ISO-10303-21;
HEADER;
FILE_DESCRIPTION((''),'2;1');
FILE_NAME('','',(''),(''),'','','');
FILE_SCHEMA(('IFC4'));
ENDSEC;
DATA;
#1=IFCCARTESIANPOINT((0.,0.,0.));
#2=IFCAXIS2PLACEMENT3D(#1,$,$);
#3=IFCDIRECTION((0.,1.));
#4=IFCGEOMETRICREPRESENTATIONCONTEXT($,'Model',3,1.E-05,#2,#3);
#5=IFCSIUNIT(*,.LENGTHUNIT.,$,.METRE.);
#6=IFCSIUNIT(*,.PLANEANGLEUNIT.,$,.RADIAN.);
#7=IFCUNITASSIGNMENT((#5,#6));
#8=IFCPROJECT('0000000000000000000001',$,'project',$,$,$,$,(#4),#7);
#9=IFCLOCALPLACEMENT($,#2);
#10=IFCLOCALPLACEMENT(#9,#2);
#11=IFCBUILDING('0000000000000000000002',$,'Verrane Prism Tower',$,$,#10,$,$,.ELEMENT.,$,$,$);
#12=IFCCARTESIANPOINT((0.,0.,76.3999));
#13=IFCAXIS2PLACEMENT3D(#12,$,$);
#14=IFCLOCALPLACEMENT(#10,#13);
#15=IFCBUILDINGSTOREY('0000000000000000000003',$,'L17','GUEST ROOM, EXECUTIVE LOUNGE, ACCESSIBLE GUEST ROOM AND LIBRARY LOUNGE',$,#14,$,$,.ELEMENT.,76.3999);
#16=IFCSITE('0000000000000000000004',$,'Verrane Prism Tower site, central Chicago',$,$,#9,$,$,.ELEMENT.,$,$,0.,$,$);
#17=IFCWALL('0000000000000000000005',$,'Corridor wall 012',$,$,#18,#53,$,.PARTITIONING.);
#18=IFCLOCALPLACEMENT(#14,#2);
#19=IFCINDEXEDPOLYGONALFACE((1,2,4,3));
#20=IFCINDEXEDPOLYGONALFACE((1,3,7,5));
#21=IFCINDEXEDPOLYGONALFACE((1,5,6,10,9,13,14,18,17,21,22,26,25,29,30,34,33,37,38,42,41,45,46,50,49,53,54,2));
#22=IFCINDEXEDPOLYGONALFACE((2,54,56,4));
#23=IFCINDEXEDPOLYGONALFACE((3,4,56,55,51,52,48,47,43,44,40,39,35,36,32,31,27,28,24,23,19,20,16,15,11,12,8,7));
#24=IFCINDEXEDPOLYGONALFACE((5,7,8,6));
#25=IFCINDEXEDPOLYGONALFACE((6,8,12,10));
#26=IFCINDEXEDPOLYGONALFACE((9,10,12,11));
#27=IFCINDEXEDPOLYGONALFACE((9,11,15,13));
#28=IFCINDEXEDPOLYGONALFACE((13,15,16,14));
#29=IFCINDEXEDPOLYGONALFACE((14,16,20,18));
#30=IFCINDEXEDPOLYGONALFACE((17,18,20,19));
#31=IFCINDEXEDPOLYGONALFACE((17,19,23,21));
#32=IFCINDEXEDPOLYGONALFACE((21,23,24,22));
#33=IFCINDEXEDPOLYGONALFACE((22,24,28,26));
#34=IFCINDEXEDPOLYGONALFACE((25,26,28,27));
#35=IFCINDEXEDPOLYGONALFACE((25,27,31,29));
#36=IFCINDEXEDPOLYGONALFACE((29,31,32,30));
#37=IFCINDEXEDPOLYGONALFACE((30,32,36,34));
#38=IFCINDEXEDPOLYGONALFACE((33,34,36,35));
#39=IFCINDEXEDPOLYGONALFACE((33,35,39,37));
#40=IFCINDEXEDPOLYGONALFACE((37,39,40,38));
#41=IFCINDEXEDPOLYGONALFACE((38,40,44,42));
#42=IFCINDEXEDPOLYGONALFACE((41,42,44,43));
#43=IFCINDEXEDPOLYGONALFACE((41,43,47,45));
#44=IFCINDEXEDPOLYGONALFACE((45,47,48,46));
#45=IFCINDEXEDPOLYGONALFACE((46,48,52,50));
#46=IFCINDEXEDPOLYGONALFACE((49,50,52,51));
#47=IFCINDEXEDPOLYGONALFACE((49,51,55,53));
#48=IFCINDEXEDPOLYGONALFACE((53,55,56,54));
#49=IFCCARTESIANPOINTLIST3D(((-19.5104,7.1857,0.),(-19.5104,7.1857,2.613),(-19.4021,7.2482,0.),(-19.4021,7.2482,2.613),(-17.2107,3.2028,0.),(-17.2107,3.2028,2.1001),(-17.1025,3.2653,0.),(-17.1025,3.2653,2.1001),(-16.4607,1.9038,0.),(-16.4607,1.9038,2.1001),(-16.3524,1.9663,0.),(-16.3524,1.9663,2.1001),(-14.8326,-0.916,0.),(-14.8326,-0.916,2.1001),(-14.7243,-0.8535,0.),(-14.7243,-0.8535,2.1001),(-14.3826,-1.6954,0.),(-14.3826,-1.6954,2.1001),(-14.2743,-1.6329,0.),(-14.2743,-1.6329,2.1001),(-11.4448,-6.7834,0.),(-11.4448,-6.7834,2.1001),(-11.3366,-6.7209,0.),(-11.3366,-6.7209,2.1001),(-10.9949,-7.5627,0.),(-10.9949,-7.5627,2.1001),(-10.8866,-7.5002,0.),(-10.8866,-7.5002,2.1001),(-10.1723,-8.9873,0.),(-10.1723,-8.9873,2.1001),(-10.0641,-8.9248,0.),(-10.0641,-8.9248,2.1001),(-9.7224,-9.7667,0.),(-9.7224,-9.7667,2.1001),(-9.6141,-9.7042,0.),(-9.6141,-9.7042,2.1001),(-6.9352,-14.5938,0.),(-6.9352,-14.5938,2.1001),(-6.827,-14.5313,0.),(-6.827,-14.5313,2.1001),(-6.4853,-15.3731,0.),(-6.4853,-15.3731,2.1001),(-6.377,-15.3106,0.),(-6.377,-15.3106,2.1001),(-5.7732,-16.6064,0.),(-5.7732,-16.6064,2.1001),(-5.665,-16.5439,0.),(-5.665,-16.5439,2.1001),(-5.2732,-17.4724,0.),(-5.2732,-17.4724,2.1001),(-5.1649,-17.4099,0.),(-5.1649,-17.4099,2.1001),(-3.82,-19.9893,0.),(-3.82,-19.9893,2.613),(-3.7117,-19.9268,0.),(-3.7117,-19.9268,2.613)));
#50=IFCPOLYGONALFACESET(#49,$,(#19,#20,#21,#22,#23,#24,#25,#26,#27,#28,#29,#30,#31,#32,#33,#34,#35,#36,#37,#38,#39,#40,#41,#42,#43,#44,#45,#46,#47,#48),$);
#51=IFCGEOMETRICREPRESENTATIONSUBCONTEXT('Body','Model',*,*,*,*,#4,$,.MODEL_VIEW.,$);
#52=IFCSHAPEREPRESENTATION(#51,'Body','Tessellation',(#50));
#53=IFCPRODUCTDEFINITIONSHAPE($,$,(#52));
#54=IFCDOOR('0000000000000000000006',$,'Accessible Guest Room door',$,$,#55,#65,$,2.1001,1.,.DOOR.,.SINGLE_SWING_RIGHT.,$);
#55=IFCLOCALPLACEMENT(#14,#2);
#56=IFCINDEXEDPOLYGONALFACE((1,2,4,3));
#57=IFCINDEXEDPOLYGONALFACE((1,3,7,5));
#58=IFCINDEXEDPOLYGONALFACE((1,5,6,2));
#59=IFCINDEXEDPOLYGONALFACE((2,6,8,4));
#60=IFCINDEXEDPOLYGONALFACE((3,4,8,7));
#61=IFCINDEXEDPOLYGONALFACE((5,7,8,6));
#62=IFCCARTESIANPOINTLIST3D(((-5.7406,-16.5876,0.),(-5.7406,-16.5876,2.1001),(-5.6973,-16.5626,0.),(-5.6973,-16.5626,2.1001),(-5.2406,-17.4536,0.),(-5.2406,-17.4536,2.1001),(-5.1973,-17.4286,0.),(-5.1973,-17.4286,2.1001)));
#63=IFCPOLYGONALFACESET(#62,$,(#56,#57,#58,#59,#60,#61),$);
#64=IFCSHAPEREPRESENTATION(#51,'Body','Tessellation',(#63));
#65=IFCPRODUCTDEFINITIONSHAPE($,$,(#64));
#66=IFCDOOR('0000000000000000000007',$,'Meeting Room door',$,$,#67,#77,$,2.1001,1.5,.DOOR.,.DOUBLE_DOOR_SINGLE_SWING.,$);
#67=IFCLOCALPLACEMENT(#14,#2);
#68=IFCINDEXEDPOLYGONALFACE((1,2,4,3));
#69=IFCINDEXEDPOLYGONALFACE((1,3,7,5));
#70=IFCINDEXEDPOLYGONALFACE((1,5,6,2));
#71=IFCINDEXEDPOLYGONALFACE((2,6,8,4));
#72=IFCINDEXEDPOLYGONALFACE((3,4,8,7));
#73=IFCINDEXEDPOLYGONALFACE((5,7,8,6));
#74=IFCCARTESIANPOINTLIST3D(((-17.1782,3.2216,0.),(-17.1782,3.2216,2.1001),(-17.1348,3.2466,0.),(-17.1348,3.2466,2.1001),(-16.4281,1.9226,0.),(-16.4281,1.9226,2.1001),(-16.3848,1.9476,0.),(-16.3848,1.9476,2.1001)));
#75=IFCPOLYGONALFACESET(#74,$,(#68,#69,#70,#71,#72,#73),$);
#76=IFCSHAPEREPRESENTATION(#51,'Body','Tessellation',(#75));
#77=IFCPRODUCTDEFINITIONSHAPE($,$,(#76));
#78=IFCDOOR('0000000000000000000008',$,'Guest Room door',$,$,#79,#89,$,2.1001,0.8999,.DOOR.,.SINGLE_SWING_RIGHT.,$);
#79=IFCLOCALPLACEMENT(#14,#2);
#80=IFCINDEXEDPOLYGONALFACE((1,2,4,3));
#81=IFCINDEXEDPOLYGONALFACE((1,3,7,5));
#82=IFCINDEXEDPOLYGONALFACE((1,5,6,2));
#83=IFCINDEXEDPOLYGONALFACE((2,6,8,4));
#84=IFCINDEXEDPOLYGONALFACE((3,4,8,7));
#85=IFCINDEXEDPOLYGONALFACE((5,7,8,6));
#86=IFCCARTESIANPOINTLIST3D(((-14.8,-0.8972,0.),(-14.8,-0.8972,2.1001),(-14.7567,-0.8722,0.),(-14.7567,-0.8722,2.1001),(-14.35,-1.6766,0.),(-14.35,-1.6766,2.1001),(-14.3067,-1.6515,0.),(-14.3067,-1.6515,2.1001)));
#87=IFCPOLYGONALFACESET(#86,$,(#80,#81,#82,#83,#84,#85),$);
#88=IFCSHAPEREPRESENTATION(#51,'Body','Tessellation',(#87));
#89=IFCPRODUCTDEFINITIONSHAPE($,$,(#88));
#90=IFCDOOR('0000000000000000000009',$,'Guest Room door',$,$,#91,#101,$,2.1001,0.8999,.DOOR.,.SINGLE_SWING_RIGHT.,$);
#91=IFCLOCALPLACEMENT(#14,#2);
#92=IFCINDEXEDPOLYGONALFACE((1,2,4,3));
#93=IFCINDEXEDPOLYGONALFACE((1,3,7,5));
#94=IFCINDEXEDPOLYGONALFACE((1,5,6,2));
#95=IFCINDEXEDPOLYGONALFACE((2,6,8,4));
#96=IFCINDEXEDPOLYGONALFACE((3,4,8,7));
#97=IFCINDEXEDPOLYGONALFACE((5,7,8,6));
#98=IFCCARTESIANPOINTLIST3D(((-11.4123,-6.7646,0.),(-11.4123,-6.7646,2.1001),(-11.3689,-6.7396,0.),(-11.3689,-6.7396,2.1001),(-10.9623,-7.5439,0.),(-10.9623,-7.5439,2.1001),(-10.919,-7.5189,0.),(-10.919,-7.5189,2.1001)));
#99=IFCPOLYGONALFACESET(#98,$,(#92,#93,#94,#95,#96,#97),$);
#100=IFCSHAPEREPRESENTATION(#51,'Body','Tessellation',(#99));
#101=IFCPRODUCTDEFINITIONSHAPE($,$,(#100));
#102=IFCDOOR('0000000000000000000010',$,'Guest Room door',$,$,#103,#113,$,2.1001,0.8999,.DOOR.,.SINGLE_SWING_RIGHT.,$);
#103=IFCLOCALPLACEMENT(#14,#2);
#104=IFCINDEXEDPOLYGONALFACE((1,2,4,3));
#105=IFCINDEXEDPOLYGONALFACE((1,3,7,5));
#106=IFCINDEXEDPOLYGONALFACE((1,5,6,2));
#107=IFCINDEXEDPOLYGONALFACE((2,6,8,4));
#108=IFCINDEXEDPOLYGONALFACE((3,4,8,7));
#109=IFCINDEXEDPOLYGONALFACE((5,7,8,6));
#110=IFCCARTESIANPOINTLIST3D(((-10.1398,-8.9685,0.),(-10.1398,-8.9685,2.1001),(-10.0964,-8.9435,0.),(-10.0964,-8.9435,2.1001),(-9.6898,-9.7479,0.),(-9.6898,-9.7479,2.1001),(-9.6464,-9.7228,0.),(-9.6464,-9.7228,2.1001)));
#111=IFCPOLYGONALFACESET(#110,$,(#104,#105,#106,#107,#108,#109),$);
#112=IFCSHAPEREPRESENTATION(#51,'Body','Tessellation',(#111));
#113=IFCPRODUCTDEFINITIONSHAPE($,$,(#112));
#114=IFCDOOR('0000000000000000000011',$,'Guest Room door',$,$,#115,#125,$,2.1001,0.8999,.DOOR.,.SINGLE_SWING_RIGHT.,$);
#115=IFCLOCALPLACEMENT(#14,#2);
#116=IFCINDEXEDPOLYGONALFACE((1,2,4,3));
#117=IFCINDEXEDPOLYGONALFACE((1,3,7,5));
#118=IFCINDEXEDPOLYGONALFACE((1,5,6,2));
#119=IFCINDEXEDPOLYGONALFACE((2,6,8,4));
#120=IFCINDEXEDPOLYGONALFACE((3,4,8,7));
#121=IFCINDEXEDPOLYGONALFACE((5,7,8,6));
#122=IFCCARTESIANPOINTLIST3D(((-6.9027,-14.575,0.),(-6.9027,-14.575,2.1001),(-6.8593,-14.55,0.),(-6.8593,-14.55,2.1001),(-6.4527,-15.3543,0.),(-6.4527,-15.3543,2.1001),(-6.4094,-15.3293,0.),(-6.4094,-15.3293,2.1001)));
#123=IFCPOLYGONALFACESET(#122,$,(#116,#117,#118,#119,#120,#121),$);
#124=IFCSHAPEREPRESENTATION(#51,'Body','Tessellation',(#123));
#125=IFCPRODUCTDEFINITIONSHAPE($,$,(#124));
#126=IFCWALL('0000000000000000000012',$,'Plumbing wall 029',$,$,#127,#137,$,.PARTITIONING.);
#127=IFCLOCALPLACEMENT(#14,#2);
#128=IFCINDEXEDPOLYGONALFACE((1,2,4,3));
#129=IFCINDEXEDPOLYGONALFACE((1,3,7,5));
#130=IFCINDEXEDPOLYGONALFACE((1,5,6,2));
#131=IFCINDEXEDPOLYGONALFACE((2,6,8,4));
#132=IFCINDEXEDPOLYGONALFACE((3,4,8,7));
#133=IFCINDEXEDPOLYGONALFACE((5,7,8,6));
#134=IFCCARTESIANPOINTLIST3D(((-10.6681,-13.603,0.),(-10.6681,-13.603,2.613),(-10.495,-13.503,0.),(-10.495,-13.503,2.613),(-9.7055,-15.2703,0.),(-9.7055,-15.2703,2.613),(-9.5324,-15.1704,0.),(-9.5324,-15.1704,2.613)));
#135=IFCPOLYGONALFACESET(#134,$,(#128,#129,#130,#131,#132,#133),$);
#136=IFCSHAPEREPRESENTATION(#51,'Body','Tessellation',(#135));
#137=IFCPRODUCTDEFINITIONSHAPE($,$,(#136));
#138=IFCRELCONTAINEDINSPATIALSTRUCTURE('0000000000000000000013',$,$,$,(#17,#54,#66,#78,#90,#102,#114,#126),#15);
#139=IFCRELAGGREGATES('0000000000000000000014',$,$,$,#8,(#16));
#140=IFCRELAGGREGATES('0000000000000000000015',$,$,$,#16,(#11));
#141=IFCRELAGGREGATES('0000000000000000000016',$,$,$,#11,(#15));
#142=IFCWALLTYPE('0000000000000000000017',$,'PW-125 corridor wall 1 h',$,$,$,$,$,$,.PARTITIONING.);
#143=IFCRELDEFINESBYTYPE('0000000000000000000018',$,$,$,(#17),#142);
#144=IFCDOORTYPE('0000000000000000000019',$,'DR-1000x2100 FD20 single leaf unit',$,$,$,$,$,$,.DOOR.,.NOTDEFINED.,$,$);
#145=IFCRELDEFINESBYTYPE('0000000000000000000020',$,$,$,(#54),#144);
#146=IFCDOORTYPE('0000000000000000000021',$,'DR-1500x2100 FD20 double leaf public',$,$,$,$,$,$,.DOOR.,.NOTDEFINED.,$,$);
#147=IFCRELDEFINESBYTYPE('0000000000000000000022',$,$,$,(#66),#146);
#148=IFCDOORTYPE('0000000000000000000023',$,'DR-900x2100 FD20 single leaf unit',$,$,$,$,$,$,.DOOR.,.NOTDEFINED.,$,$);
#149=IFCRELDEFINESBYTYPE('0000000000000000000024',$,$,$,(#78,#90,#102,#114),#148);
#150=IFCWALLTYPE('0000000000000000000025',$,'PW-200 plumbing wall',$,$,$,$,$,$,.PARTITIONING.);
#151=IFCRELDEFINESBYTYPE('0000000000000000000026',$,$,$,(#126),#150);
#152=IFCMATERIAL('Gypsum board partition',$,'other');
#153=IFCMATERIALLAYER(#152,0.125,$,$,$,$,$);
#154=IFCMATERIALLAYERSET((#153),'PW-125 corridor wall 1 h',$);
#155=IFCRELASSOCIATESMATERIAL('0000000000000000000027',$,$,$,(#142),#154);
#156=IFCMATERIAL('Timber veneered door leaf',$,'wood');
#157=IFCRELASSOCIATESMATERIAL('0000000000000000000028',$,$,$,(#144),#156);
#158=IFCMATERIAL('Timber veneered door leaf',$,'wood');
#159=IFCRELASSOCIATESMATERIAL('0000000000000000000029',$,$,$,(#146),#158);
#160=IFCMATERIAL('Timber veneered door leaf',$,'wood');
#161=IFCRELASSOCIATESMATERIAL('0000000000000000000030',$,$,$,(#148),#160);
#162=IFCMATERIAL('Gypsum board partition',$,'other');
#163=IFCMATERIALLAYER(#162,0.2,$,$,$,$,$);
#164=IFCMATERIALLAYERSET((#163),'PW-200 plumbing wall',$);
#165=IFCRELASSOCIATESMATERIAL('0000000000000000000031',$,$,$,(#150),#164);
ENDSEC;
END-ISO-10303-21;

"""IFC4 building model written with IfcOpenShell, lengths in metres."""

from ifc_helpers import new_model, si_unit, direction, frame, frame_2d, origin, place, context, subcontext, project, spatial, rectangle, extrude, material, layer, layer_set, type_object, element, fill, save


model = new_model("IFC4")

# Units and contexts
model_context = context("Model", 3, precision=1e-05, world=origin(), true_north=direction((0.0, 1.0)))
body_context = subcontext(model_context, "Body", "Model", "MODEL_VIEW")
ifc_project = project(units=[si_unit("LENGTHUNIT", "METRE"), si_unit("PLANEANGLEUNIT", "RADIAN")], contexts=[model_context])

# Site, building, storey
site_placement = place(None, origin())
site = spatial("IfcSite", under=ifc_project, at=site_placement, Name="Verrane Prism Tower site, central Chicago", CompositionType="ELEMENT", RefElevation=0.0)
building_placement = place(site_placement, origin())
building = spatial("IfcBuilding", under=site, at=building_placement, Name="Verrane Prism Tower", CompositionType="ELEMENT")
storey_placement = place(building_placement, frame((0.0, 0.0, 76.3999)))
storey = spatial("IfcBuildingStorey", under=building, at=storey_placement, Name="L17", Description="GUEST ROOM, EXECUTIVE LOUNGE, ACCESSIBLE GUEST ROOM AND LIBRARY LOUNGE", CompositionType="ELEMENT", Elevation=76.3999)

# Wall, openings, doors
ifc_material_1 = material(Name="Gypsum board partition", Category="other")
ifc_layer_1 = layer(ifc_material_1, 0.125)
ifc_layer_set_1 = layer_set([ifc_layer_1], Name="PW-125 corridor wall 1 h")
wall_type_1 = type_object("IfcWallType", Name="PW-125 corridor wall 1 h", PredefinedType="PARTITIONING", material=ifc_layer_set_1)
wall_1_placement = place(storey_placement, frame((-3.7659, -19.958, 0.0), z_axis=(0.0, 0.0, 1.0), x_axis=(-0.500022, 0.866013, 0.0)))
wall_1 = element("IfcWall", 1, at=wall_1_placement, inside=storey, type_object=wall_type_1, Name="Corridor wall 012", PredefinedType="PARTITIONING", context=body_context, shape_type="SweptSolid", body=[
    extrude(rectangle(XDim=31.3794, YDim=0.125, at=frame_2d((15.6897, 0.0))), origin(), (0.0, 0.0, 1.0), 2.613),
])
opening_1_placement = place(wall_1_placement, frame((25.2803, 0.0, 0.0)))
opening_1 = element("IfcOpeningElement", 2, at=opening_1_placement, cuts=wall_1, PredefinedType="OPENING", context=body_context, shape_type="SweptSolid", body=[
    extrude(rectangle(XDim=1.5, YDim=2.1001, at=frame_2d((0.75, 1.05))), frame((0.0, 0.0725, 0.0), z_axis=(0.0, -1.0, 0.0), x_axis=(1.0, 0.0, 0.0)), (0.0, 0.0, 1.0), 0.145),
])
opening_2_placement = place(wall_1_placement, frame((21.1243, 0.0, 0.0)))
opening_2 = element("IfcOpeningElement", 3, at=opening_2_placement, cuts=wall_1, PredefinedType="OPENING", context=body_context, shape_type="SweptSolid", body=[
    extrude(rectangle(XDim=0.8999, YDim=2.1001, at=frame_2d((0.45, 1.05))), frame((0.0, 0.0725, 0.0), z_axis=(0.0, -1.0, 0.0), x_axis=(1.0, 0.0, 0.0)), (0.0, 0.0, 1.0), 0.145),
])
opening_3_placement = place(wall_1_placement, frame((14.3491, 0.0, 0.0)))
opening_3 = element("IfcOpeningElement", 4, at=opening_3_placement, cuts=wall_1, PredefinedType="OPENING", context=body_context, shape_type="SweptSolid", body=[
    extrude(rectangle(XDim=0.8999, YDim=2.1001, at=frame_2d((0.45, 1.05))), frame((0.0, 0.0725, 0.0), z_axis=(0.0, -1.0, 0.0), x_axis=(1.0, 0.0, 0.0)), (0.0, 0.0, 1.0), 0.145),
])
opening_4_placement = place(wall_1_placement, frame((11.8042, 0.0, 0.0)))
opening_4 = element("IfcOpeningElement", 5, at=opening_4_placement, cuts=wall_1, PredefinedType="OPENING", context=body_context, shape_type="SweptSolid", body=[
    extrude(rectangle(XDim=0.8999, YDim=2.1001, at=frame_2d((0.45, 1.05))), frame((0.0, 0.0725, 0.0), z_axis=(0.0, -1.0, 0.0), x_axis=(1.0, 0.0, 0.0)), (0.0, 0.0, 1.0), 0.145),
])
opening_5_placement = place(wall_1_placement, frame((5.3303, 0.0, 0.0)))
opening_5 = element("IfcOpeningElement", 6, at=opening_5_placement, cuts=wall_1, PredefinedType="OPENING", context=body_context, shape_type="SweptSolid", body=[
    extrude(rectangle(XDim=0.8999, YDim=2.1001, at=frame_2d((0.45, 1.05))), frame((0.0, 0.0725, 0.0), z_axis=(0.0, -1.0, 0.0), x_axis=(1.0, 0.0, 0.0)), (0.0, 0.0, 1.0), 0.145),
])
opening_6_placement = place(wall_1_placement, frame((2.9062, 0.0, 0.0)))
opening_6 = element("IfcOpeningElement", 7, at=opening_6_placement, cuts=wall_1, PredefinedType="OPENING", context=body_context, shape_type="SweptSolid", body=[
    extrude(rectangle(XDim=1.0, YDim=2.1001, at=frame_2d((0.5, 1.05))), frame((0.0, 0.0725, 0.0), z_axis=(0.0, -1.0, 0.0), x_axis=(1.0, 0.0, 0.0)), (0.0, 0.0, 1.0), 0.145),
])
ifc_material_2 = material(Name="Timber veneered door leaf", Category="wood")
door_type_1 = type_object("IfcDoorType", Name="DR-1000x2100 FD20 single leaf unit", OperationType="NOTDEFINED", PredefinedType="DOOR", material=ifc_material_2)
door_1_placement = place(opening_6_placement, origin())
door_1 = element("IfcDoor", 8, at=door_1_placement, inside=storey, type_object=door_type_1, Name="Accessible Guest Room door", OperationType="SINGLE_SWING_RIGHT", OverallHeight=2.1001, OverallWidth=1.0, PredefinedType="DOOR", context=body_context, shape_type="SweptSolid", body=[
    extrude(rectangle(XDim=1.0, YDim=2.1001, at=frame_2d((0.5, 1.05))), frame((0.0, 0.0249, 0.0), z_axis=(0.0, -1.0, 0.0), x_axis=(1.0, 0.0, 0.0)), (0.0, 0.0, 1.0), 0.05),
])
fill(opening_6, door_1)
ifc_material_3 = material(Name="Timber veneered door leaf", Category="wood")
door_type_2 = type_object("IfcDoorType", Name="DR-1500x2100 FD20 double leaf public", OperationType="NOTDEFINED", PredefinedType="DOOR", material=ifc_material_3)
door_2_placement = place(opening_1_placement, origin())
door_2 = element("IfcDoor", 9, at=door_2_placement, inside=storey, type_object=door_type_2, Name="Meeting Room door", OperationType="DOUBLE_DOOR_SINGLE_SWING", OverallHeight=2.1001, OverallWidth=1.5, PredefinedType="DOOR", context=body_context, shape_type="SweptSolid", body=[
    extrude(rectangle(XDim=1.5, YDim=2.1001, at=frame_2d((0.75, 1.05))), frame((0.0, 0.0249, 0.0), z_axis=(0.0, -1.0, 0.0), x_axis=(1.0, 0.0, 0.0)), (0.0, 0.0, 1.0), 0.05),
])
fill(opening_1, door_2)
ifc_material_4 = material(Name="Timber veneered door leaf", Category="wood")
door_type_3 = type_object("IfcDoorType", Name="DR-900x2100 FD20 single leaf unit", OperationType="NOTDEFINED", PredefinedType="DOOR", material=ifc_material_4)
door_3_placement = place(opening_2_placement, origin())
door_3 = element("IfcDoor", 10, at=door_3_placement, inside=storey, type_object=door_type_3, Name="Guest Room door", OperationType="SINGLE_SWING_RIGHT", OverallHeight=2.1001, OverallWidth=0.8999, PredefinedType="DOOR", context=body_context, shape_type="SweptSolid", body=[
    extrude(rectangle(XDim=0.8999, YDim=2.1001, at=frame_2d((0.45, 1.05))), frame((0.0, 0.0249, 0.0), z_axis=(0.0, -1.0, 0.0), x_axis=(1.0, 0.0, 0.0)), (0.0, 0.0, 1.0), 0.05),
])
fill(opening_2, door_3)
door_4_placement = place(opening_3_placement, origin())
door_4 = element("IfcDoor", 11, at=door_4_placement, inside=storey, type_object=door_type_3, Name="Guest Room door", OperationType="SINGLE_SWING_RIGHT", OverallHeight=2.1001, OverallWidth=0.8999, PredefinedType="DOOR", context=body_context, shape_type="SweptSolid", body=[
    extrude(rectangle(XDim=0.8999, YDim=2.1001, at=frame_2d((0.45, 1.05))), frame((0.0, 0.0249, 0.0), z_axis=(0.0, -1.0, 0.0), x_axis=(1.0, 0.0, 0.0)), (0.0, 0.0, 1.0), 0.05),
])
fill(opening_3, door_4)
door_5_placement = place(opening_4_placement, origin())
door_5 = element("IfcDoor", 12, at=door_5_placement, inside=storey, type_object=door_type_3, Name="Guest Room door", OperationType="SINGLE_SWING_RIGHT", OverallHeight=2.1001, OverallWidth=0.8999, PredefinedType="DOOR", context=body_context, shape_type="SweptSolid", body=[
    extrude(rectangle(XDim=0.8999, YDim=2.1001, at=frame_2d((0.45, 1.05))), frame((0.0, 0.0249, 0.0), z_axis=(0.0, -1.0, 0.0), x_axis=(1.0, 0.0, 0.0)), (0.0, 0.0, 1.0), 0.05),
])
fill(opening_4, door_5)
door_6_placement = place(opening_5_placement, origin())
door_6 = element("IfcDoor", 13, at=door_6_placement, inside=storey, type_object=door_type_3, Name="Guest Room door", OperationType="SINGLE_SWING_RIGHT", OverallHeight=2.1001, OverallWidth=0.8999, PredefinedType="DOOR", context=body_context, shape_type="SweptSolid", body=[
    extrude(rectangle(XDim=0.8999, YDim=2.1001, at=frame_2d((0.45, 1.05))), frame((0.0, 0.0249, 0.0), z_axis=(0.0, -1.0, 0.0), x_axis=(1.0, 0.0, 0.0)), (0.0, 0.0, 1.0), 0.05),
])
fill(opening_5, door_6)

# Wall
ifc_material_5 = material(Name="Gypsum board partition", Category="other")
ifc_layer_2 = layer(ifc_material_5, 0.2)
ifc_layer_set_2 = layer_set([ifc_layer_2], Name="PW-200 plumbing wall")
wall_type_2 = type_object("IfcWallType", Name="PW-200 plumbing wall", PredefinedType="PARTITIONING", material=ifc_layer_set_2)
wall_2_placement = place(storey_placement, frame((-10.5815, -13.553, 0.0), z_axis=(0.0, 0.0, 1.0), x_axis=(0.499971, -0.866042, 0.0)))
element("IfcWall", 14, at=wall_2_placement, inside=storey, type_object=wall_type_2, Name="Plumbing wall 029", PredefinedType="PARTITIONING", context=body_context, shape_type="SweptSolid", body=[
    extrude(rectangle(XDim=1.9253, YDim=0.2, at=frame_2d((0.9626, 0.0))), origin(), (0.0, 0.0, 1.0), 2.613),
])

save(model, "model.ifc")
